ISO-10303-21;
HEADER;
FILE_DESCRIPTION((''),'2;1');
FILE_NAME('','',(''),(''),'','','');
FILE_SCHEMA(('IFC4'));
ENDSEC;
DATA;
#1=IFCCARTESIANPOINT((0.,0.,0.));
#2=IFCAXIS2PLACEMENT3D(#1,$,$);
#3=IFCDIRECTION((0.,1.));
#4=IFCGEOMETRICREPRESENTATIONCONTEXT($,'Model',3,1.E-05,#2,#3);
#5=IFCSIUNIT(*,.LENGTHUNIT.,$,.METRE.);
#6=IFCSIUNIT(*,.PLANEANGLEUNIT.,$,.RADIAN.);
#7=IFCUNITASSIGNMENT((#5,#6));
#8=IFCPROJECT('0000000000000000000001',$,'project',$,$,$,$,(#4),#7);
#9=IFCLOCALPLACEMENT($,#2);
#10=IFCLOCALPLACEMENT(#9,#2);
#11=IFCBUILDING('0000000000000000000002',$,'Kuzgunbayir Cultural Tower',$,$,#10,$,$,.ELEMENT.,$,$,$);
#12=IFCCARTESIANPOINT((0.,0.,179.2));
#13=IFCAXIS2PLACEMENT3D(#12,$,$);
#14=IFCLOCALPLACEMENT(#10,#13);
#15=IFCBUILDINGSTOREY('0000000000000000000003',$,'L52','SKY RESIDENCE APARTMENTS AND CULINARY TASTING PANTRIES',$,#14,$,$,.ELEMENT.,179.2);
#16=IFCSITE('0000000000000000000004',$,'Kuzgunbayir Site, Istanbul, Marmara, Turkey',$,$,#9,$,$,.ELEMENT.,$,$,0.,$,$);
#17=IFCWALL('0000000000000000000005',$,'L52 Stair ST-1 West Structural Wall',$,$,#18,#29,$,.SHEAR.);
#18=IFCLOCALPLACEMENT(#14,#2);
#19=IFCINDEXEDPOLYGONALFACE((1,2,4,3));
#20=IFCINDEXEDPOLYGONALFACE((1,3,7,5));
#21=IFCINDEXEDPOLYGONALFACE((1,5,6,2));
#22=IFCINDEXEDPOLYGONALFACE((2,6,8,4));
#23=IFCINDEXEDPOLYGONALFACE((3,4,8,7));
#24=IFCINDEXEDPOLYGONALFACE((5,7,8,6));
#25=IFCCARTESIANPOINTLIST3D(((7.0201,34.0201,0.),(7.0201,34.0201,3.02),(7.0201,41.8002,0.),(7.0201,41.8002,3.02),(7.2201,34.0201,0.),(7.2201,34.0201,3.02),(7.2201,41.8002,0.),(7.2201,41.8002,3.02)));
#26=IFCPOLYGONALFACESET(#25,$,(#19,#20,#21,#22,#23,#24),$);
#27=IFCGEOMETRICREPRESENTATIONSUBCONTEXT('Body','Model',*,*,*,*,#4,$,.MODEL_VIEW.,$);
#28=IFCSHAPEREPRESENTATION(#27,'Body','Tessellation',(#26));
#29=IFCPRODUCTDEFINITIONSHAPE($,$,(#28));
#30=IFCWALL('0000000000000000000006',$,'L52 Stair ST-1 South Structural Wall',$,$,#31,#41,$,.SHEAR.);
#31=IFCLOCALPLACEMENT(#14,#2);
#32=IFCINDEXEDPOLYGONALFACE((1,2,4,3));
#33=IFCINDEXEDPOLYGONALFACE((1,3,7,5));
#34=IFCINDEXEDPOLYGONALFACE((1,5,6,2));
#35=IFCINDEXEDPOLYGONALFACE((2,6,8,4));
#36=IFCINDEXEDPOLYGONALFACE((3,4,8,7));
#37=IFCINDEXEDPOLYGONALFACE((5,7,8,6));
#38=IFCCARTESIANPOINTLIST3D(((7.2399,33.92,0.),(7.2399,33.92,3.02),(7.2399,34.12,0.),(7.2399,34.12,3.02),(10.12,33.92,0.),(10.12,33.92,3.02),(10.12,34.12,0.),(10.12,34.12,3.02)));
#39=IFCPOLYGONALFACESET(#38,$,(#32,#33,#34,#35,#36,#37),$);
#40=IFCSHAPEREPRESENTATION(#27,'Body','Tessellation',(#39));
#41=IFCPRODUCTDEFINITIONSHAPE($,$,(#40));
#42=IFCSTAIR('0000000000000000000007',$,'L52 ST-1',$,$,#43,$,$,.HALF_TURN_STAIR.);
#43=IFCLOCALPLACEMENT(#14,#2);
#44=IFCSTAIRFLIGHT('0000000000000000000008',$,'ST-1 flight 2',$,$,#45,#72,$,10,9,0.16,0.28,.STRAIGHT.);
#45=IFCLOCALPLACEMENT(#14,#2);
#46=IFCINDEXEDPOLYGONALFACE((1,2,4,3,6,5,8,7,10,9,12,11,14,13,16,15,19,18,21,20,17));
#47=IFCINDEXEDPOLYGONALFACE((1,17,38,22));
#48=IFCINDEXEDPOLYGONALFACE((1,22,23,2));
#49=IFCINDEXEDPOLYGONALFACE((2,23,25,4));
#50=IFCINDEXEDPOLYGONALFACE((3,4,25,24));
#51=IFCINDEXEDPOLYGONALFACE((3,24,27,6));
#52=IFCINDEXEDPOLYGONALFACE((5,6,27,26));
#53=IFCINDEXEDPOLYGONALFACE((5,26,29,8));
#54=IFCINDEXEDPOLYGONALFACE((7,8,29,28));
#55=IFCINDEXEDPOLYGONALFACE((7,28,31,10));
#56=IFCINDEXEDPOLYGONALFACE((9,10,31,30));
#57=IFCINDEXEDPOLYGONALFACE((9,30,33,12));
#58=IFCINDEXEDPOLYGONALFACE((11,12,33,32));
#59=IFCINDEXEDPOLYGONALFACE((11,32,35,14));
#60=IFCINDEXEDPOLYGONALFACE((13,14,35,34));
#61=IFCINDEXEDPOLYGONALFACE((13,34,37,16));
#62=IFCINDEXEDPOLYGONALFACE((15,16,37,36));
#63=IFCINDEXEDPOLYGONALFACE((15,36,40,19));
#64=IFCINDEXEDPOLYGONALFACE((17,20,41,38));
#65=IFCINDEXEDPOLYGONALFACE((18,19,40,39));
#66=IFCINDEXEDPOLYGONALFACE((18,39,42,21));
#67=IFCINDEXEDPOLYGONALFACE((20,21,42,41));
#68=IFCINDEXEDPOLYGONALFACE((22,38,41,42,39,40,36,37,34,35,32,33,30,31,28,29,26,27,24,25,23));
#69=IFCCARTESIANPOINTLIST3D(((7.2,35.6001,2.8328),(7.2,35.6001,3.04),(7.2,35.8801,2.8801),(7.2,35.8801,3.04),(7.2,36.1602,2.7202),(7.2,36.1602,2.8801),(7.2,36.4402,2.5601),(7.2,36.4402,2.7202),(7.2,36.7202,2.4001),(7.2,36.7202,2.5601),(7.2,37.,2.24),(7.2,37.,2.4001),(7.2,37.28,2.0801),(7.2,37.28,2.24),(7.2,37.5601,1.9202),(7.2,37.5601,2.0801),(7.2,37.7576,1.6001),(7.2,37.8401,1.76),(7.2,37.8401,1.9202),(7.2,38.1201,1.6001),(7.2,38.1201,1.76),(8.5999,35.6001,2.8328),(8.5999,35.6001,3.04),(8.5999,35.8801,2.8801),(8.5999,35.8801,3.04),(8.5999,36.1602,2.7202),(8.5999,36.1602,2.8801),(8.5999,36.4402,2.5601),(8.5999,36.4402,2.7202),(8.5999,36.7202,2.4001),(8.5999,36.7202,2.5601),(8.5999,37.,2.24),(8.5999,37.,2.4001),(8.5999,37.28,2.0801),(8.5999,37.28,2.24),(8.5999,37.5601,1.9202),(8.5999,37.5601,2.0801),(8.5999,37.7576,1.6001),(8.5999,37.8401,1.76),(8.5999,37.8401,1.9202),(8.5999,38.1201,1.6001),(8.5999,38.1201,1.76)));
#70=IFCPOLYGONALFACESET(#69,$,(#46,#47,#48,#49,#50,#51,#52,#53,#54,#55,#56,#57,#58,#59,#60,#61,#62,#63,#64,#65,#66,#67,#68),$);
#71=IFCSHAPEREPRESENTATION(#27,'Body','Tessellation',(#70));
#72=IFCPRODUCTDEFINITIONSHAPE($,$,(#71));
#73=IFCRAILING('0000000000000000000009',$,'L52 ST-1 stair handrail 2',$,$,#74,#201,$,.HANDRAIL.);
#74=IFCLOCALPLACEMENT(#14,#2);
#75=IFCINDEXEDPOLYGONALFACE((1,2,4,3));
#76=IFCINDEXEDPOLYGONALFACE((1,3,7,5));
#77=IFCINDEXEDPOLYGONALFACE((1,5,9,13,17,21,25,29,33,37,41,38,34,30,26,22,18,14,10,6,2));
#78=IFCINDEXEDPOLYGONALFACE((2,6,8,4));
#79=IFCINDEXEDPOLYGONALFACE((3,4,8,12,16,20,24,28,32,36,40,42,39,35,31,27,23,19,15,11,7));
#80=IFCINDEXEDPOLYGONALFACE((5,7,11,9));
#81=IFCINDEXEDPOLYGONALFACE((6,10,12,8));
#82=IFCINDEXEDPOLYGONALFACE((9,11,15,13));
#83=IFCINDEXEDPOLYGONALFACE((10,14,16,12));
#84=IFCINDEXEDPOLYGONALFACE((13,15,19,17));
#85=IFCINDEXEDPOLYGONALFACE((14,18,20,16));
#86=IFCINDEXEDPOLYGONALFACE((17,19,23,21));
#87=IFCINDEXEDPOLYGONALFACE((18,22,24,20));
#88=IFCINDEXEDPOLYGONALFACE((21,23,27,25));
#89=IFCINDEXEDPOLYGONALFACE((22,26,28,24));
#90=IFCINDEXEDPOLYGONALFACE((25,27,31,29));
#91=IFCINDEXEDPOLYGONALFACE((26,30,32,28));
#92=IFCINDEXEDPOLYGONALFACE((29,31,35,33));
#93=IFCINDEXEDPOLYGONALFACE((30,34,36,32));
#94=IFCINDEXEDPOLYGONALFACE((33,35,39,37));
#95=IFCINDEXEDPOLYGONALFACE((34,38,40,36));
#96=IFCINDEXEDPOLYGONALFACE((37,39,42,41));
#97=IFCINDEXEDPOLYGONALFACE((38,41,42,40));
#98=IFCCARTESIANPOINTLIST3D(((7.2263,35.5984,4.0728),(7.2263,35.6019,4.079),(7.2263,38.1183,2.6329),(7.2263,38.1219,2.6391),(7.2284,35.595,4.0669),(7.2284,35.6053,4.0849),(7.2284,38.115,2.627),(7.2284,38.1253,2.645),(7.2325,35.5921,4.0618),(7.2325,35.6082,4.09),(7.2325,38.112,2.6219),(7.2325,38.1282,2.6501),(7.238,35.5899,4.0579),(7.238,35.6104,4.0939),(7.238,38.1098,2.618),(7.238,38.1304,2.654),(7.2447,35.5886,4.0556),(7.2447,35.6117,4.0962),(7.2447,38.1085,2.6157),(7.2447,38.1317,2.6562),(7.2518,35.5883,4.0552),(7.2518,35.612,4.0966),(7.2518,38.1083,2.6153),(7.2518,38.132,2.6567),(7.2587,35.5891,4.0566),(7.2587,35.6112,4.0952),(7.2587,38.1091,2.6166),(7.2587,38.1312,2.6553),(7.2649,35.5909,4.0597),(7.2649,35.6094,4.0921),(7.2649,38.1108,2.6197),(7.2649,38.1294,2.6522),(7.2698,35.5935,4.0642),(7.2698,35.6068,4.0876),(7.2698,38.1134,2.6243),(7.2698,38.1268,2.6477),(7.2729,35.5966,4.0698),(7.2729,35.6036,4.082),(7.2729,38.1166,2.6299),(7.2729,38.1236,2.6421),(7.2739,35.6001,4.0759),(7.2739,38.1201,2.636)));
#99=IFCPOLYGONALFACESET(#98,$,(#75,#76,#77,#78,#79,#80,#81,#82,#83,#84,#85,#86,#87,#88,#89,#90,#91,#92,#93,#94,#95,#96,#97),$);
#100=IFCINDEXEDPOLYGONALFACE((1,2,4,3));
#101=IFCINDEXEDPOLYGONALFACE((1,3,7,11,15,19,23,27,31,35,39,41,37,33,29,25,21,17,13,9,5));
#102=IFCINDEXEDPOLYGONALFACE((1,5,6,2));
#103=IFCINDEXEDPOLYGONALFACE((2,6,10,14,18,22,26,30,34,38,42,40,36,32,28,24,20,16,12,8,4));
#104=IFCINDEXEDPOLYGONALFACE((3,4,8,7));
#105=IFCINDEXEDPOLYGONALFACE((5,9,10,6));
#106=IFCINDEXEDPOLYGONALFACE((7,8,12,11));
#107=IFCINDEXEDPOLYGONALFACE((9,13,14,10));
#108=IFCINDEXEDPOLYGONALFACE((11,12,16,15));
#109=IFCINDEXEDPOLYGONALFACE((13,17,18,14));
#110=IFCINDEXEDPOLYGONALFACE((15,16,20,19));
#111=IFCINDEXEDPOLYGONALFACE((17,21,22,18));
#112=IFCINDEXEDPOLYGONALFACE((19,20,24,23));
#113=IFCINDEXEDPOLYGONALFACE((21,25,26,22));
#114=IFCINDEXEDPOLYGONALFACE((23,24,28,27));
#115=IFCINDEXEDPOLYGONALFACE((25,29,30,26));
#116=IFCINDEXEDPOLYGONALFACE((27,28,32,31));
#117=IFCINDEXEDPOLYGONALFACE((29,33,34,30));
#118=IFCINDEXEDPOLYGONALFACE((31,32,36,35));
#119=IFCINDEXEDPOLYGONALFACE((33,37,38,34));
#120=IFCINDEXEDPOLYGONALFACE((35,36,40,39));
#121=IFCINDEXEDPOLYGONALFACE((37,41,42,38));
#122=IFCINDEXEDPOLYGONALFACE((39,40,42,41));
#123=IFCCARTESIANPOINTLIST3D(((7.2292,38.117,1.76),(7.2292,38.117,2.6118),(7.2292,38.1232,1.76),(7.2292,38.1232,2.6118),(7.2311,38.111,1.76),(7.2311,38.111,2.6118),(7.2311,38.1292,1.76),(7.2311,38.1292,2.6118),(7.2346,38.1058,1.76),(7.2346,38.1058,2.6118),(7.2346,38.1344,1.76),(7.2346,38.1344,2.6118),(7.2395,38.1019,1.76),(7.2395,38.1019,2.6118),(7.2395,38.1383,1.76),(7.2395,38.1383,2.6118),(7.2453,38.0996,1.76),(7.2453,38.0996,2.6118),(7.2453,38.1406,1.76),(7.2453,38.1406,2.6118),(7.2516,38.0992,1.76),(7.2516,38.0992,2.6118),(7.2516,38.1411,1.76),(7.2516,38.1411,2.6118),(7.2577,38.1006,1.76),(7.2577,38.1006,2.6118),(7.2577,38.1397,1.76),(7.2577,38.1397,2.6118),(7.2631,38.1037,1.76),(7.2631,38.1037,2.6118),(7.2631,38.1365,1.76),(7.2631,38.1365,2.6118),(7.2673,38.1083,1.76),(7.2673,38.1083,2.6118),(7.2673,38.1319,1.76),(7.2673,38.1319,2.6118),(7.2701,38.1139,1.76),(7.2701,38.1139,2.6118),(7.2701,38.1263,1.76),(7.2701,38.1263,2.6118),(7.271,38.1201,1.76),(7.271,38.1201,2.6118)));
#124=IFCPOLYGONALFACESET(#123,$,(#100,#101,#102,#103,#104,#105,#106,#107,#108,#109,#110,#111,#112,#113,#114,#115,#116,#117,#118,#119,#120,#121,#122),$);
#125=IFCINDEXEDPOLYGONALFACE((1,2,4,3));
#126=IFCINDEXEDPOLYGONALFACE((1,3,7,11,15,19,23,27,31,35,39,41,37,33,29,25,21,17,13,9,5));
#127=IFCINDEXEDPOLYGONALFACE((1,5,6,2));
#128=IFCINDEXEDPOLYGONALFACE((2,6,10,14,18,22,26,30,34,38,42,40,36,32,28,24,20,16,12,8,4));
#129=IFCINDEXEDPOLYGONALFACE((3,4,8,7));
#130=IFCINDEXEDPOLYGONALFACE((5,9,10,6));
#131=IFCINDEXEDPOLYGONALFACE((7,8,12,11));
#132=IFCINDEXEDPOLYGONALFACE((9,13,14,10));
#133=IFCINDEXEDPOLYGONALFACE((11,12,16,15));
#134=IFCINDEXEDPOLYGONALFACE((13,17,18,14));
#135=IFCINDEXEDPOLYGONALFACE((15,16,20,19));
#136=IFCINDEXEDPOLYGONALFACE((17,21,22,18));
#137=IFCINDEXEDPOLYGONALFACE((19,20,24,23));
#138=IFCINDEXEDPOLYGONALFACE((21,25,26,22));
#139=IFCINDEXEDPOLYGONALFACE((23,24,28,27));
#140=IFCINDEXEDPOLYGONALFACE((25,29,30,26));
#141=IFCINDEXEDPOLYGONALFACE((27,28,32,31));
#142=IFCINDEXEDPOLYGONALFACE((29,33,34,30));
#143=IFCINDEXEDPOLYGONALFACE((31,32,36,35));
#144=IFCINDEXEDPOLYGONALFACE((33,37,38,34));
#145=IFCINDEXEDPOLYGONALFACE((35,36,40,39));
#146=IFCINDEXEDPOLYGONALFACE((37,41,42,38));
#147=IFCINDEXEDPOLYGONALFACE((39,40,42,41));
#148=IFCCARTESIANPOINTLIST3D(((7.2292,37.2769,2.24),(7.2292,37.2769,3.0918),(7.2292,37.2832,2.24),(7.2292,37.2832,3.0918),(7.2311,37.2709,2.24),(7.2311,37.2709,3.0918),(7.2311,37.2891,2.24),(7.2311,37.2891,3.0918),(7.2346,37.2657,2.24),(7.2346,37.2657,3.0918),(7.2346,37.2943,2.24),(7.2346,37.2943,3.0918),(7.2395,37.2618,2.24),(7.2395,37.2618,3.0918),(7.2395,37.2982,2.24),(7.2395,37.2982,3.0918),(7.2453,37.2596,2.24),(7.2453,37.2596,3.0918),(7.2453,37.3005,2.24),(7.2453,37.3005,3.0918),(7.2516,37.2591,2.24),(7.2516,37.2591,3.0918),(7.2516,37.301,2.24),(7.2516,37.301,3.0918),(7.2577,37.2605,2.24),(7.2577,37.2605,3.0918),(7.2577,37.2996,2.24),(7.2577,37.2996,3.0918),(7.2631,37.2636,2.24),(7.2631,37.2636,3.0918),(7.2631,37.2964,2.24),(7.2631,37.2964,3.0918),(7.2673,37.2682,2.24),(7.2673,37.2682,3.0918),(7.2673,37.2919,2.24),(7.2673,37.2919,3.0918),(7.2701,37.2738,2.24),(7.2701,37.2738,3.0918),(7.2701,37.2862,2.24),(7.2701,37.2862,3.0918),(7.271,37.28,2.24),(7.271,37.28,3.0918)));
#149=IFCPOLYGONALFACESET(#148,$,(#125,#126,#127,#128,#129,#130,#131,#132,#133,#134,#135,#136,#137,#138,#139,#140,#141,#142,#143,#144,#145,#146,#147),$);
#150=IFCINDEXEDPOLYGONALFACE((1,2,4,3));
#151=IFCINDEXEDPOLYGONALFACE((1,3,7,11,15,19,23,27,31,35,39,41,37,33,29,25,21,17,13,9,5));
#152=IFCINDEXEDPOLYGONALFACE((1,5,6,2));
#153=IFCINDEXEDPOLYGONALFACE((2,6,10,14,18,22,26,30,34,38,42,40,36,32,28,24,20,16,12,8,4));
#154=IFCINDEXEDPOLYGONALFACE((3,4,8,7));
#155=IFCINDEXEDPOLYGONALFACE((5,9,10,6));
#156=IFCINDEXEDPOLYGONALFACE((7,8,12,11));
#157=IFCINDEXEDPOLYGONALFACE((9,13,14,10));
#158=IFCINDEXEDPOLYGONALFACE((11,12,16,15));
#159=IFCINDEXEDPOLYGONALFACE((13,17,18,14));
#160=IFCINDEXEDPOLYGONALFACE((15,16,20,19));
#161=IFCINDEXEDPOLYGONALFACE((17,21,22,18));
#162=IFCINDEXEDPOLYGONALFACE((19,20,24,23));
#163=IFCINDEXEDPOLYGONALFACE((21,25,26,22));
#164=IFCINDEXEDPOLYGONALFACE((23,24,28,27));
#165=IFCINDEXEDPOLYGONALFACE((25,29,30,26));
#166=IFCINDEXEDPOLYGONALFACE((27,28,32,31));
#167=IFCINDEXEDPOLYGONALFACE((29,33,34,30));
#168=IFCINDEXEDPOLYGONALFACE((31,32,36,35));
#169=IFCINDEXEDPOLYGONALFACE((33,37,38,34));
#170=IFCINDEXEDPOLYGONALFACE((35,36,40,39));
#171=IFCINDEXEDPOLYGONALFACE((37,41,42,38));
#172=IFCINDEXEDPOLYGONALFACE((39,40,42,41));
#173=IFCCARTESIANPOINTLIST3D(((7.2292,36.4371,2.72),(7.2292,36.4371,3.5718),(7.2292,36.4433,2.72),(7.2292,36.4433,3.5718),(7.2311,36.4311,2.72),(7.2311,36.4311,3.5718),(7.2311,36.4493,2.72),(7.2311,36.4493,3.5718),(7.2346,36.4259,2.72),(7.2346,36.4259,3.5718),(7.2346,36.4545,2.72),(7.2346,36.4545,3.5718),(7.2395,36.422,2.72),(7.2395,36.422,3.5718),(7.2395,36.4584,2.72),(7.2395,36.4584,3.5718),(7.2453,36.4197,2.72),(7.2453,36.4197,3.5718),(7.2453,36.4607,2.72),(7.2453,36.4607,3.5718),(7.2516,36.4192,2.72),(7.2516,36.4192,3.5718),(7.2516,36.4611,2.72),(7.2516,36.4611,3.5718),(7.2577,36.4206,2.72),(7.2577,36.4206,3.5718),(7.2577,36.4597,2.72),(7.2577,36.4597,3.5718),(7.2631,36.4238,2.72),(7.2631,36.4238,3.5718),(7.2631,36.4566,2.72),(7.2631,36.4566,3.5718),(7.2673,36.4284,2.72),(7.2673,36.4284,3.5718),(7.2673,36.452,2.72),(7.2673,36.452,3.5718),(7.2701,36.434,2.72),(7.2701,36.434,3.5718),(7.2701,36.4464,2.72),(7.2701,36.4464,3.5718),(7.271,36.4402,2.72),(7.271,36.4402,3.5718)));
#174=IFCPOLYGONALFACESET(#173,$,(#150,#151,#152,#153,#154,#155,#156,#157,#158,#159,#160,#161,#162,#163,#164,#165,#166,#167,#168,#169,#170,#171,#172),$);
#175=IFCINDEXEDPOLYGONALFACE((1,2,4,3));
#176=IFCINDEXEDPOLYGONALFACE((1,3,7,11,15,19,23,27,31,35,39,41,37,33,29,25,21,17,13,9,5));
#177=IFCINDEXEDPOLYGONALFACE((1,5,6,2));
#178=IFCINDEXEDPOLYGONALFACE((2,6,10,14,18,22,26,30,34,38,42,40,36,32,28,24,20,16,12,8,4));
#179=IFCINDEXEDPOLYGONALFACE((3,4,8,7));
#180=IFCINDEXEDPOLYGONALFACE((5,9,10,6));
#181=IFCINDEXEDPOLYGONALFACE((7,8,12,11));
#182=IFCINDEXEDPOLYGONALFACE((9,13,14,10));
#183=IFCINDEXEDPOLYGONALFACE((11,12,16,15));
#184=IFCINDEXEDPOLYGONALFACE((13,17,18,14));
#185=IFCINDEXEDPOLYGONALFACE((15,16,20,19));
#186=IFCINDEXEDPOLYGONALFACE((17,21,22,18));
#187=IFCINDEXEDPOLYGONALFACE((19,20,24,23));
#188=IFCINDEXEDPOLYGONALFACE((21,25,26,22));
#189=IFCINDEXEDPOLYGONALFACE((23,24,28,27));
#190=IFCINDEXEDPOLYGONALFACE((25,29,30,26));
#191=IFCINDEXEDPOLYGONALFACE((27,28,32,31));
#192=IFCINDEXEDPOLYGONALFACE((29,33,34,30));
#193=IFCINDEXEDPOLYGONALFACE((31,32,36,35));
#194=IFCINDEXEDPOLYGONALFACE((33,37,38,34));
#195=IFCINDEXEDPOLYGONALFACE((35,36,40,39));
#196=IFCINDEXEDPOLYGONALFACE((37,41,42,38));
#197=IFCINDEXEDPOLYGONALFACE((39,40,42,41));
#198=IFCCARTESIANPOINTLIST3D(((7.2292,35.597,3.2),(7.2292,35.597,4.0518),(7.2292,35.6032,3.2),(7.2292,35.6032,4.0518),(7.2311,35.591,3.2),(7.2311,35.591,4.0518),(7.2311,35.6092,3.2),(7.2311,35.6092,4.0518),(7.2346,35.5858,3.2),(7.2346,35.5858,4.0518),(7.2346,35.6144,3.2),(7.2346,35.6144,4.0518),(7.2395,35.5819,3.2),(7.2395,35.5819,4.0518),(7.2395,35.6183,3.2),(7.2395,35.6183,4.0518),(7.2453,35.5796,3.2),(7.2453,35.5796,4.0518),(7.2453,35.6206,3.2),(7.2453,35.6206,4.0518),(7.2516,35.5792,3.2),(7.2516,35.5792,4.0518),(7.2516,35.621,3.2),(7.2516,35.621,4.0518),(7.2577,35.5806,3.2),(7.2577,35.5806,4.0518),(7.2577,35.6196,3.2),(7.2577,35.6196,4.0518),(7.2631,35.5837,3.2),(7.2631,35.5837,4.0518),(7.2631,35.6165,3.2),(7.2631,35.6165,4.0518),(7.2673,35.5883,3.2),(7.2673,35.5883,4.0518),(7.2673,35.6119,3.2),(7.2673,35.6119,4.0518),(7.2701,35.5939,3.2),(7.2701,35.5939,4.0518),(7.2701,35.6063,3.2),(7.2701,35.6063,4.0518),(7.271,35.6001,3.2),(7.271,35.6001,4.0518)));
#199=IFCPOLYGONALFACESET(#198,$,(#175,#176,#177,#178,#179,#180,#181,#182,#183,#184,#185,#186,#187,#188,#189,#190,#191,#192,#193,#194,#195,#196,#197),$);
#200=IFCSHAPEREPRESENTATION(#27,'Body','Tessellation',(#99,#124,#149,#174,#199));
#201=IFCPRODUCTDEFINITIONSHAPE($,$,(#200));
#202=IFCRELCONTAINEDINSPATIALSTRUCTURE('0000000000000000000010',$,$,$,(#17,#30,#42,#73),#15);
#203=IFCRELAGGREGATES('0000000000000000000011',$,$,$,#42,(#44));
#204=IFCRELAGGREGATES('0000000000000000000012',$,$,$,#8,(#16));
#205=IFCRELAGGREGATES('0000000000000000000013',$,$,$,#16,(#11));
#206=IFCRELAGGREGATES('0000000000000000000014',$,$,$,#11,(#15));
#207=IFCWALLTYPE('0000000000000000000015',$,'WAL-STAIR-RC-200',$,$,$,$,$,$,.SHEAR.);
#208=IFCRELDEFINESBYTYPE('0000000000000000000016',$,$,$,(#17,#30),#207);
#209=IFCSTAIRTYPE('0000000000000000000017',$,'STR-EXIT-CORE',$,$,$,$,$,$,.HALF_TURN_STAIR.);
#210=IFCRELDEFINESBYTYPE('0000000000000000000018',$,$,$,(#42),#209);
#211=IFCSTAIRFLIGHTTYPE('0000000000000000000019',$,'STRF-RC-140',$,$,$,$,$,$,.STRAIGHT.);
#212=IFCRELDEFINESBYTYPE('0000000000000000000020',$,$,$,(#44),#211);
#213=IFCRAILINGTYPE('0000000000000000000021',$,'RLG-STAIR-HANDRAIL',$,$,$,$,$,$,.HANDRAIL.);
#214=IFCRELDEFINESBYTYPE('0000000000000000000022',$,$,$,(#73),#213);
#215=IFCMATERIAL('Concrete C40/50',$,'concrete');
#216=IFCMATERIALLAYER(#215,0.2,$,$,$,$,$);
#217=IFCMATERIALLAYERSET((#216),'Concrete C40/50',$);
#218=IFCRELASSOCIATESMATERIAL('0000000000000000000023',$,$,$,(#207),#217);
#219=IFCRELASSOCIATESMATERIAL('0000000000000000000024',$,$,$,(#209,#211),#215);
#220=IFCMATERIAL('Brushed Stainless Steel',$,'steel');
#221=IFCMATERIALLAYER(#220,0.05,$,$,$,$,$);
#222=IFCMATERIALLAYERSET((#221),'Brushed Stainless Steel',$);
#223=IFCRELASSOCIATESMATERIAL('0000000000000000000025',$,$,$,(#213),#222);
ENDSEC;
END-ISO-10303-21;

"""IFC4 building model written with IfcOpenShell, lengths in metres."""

from ifc_helpers import new_model, si_unit, direction, frame, frame_2d, origin, origin_2d, place, context, subcontext, project, spatial, polyline, rectangle, circle, outline, extrude, material, layer, layer_set, type_object, element, aggregate, save


model = new_model("IFC4")

# Units and contexts
model_context = context("Model", 3, precision=1e-05, world=origin(), true_north=direction((0.0, 1.0)))
body_context = subcontext(model_context, "Body", "Model", "MODEL_VIEW")
ifc_project = project(units=[si_unit("LENGTHUNIT", "METRE"), si_unit("PLANEANGLEUNIT", "RADIAN")], contexts=[model_context])

# Site, building, storey
site_placement = place(None, origin())
site = spatial("IfcSite", under=ifc_project, at=site_placement, Name="Kuzgunbayir Site, Istanbul, Marmara, Turkey", CompositionType="ELEMENT", RefElevation=0.0)
building_placement = place(site_placement, origin())
building = spatial("IfcBuilding", under=site, at=building_placement, Name="Kuzgunbayir Cultural Tower", CompositionType="ELEMENT")
storey_placement = place(building_placement, frame((0.0, 0.0, 179.2)))
storey = spatial("IfcBuildingStorey", under=building, at=storey_placement, Name="L52", Description="SKY RESIDENCE APARTMENTS AND CULINARY TASTING PANTRIES", CompositionType="ELEMENT", Elevation=179.2)

# Walls
ifc_material_1 = material(Name="Concrete C40/50", Category="concrete")
ifc_layer_1 = layer(ifc_material_1, 0.2)
ifc_layer_set_1 = layer_set([ifc_layer_1], Name="Concrete C40/50")
wall_type_1 = type_object("IfcWallType", Name="WAL-STAIR-RC-200", PredefinedType="SHEAR", material=ifc_layer_set_1)
wall_1_placement = place(storey_placement, frame((7.1201, 34.02, 0.0), z_axis=(0.0, 0.0, 1.0), x_axis=(0.0, 1.0, 0.0)))
element("IfcWall", 1, at=wall_1_placement, inside=storey, type_object=wall_type_1, Name="L52 Stair ST-1 West Structural Wall", PredefinedType="SHEAR", context=body_context, shape_type="SweptSolid", body=[
    extrude(rectangle(XDim=7.78, YDim=0.2, at=frame_2d((3.8901, 0.0))), origin(), (0.0, 0.0, 1.0), 3.02),
])
wall_2_placement = place(storey_placement, frame((7.24, 34.02, 0.0), z_axis=(0.0, 0.0, 1.0), x_axis=(1.0, 0.0, 0.0)))
element("IfcWall", 2, at=wall_2_placement, inside=storey, type_object=wall_type_1, Name="L52 Stair ST-1 South Structural Wall", PredefinedType="SHEAR", context=body_context, shape_type="SweptSolid", body=[
    extrude(rectangle(XDim=2.8801, YDim=0.2, at=frame_2d((1.4399, 0.0))), origin(), (0.0, 0.0, 1.0), 3.02),
])

# Stair, stair flight
stair_type = type_object("IfcStairType", Name="STR-EXIT-CORE", PredefinedType="HALF_TURN_STAIR", material=ifc_material_1)
stair_placement = place(storey_placement, origin())
stair = element("IfcStair", 3, at=stair_placement, inside=storey, type_object=stair_type, Name="L52 ST-1", PredefinedType="HALF_TURN_STAIR")
stair_flight_type = type_object("IfcStairFlightType", Name="STRF-RC-140", PredefinedType="STRAIGHT", material=ifc_material_1)
stair_flight_placement = place(storey_placement, frame((7.8999, 38.1201, 1.6001), z_axis=(0.0, 0.0, 1.0), x_axis=(0.0, -1.0, 0.0)))
stair_flight = element("IfcStairFlight", 4, at=stair_flight_placement, type_object=stair_flight_type, Name="ST-1 flight 2", NumberOfRisers=10, NumberOfTreads=9, PredefinedType="STRAIGHT", RiserHeight=0.16, TreadLength=0.28, context=body_context, shape_type="SweptSolid", body=[
    extrude(outline(polyline([(0.0, 0.0), (0.0, 0.1599), (0.28, 0.1599), (0.28, 0.3201), (0.5601, 0.3201), (0.5601, 0.48), (0.8401, 0.48), (0.8401, 0.6399), (1.1201, 0.6399), (1.1201, 0.8), (1.3999, 0.8), (1.3999, 0.96), (1.6799, 0.96), (1.6799, 1.1201), (1.96, 1.1201), (1.96, 1.28), (2.24, 1.28), (2.24, 1.4399), (2.52, 1.4399), (2.52, 1.6001), (2.52, 1.2327), (0.3625, 0.0), (0.0, 0.0)])), frame((0.0, 0.7, 0.0), z_axis=(0.0, -1.0, 0.0), x_axis=(1.0, 0.0, 0.0)), (0.0, 0.0, 1.0), 1.3999),
])
aggregate(stair, [stair_flight])

# Railing
ifc_material_2 = material(Name="Brushed Stainless Steel", Category="steel")
ifc_layer_2 = layer(ifc_material_2, 0.05)
ifc_layer_set_2 = layer_set([ifc_layer_2], Name="Brushed Stainless Steel")
railing_type_1 = type_object("IfcRailingType", Name="RLG-STAIR-HANDRAIL", PredefinedType="HANDRAIL", material=ifc_layer_set_2)
railing_1_placement = place(storey_placement, frame((7.25, 38.1201, 1.76)))
element("IfcRailing", 5, at=railing_1_placement, inside=storey, type_object=railing_type_1, Name="L52 ST-1 stair handrail 2", PredefinedType="HANDRAIL", context=body_context, shape_type="SweptSolid", body=[
    extrude(circle(Radius=0.0239, at=origin_2d()), frame((0.0, 0.0, 0.876), z_axis=(0.0, -0.868253, 0.496121), x_axis=(1.0, 0.0, 0.0)), (0.0, 0.0, 1.0), 2.9023),
    extrude(circle(Radius=0.021, at=origin_2d()), origin(), (0.0, 0.0, 1.0), 0.8518),
    extrude(circle(Radius=0.021, at=origin_2d()), frame((0.0, -0.8401, 0.48)), (0.0, 0.0, 1.0), 0.8518),
    extrude(circle(Radius=0.021, at=origin_2d()), frame((0.0, -1.6799, 0.96)), (0.0, 0.0, 1.0), 0.8518),
    extrude(circle(Radius=0.021, at=origin_2d()), frame((0.0, -2.52, 1.4399)), (0.0, 0.0, 1.0), 0.8518),
])

save(model, "model.ifc")
